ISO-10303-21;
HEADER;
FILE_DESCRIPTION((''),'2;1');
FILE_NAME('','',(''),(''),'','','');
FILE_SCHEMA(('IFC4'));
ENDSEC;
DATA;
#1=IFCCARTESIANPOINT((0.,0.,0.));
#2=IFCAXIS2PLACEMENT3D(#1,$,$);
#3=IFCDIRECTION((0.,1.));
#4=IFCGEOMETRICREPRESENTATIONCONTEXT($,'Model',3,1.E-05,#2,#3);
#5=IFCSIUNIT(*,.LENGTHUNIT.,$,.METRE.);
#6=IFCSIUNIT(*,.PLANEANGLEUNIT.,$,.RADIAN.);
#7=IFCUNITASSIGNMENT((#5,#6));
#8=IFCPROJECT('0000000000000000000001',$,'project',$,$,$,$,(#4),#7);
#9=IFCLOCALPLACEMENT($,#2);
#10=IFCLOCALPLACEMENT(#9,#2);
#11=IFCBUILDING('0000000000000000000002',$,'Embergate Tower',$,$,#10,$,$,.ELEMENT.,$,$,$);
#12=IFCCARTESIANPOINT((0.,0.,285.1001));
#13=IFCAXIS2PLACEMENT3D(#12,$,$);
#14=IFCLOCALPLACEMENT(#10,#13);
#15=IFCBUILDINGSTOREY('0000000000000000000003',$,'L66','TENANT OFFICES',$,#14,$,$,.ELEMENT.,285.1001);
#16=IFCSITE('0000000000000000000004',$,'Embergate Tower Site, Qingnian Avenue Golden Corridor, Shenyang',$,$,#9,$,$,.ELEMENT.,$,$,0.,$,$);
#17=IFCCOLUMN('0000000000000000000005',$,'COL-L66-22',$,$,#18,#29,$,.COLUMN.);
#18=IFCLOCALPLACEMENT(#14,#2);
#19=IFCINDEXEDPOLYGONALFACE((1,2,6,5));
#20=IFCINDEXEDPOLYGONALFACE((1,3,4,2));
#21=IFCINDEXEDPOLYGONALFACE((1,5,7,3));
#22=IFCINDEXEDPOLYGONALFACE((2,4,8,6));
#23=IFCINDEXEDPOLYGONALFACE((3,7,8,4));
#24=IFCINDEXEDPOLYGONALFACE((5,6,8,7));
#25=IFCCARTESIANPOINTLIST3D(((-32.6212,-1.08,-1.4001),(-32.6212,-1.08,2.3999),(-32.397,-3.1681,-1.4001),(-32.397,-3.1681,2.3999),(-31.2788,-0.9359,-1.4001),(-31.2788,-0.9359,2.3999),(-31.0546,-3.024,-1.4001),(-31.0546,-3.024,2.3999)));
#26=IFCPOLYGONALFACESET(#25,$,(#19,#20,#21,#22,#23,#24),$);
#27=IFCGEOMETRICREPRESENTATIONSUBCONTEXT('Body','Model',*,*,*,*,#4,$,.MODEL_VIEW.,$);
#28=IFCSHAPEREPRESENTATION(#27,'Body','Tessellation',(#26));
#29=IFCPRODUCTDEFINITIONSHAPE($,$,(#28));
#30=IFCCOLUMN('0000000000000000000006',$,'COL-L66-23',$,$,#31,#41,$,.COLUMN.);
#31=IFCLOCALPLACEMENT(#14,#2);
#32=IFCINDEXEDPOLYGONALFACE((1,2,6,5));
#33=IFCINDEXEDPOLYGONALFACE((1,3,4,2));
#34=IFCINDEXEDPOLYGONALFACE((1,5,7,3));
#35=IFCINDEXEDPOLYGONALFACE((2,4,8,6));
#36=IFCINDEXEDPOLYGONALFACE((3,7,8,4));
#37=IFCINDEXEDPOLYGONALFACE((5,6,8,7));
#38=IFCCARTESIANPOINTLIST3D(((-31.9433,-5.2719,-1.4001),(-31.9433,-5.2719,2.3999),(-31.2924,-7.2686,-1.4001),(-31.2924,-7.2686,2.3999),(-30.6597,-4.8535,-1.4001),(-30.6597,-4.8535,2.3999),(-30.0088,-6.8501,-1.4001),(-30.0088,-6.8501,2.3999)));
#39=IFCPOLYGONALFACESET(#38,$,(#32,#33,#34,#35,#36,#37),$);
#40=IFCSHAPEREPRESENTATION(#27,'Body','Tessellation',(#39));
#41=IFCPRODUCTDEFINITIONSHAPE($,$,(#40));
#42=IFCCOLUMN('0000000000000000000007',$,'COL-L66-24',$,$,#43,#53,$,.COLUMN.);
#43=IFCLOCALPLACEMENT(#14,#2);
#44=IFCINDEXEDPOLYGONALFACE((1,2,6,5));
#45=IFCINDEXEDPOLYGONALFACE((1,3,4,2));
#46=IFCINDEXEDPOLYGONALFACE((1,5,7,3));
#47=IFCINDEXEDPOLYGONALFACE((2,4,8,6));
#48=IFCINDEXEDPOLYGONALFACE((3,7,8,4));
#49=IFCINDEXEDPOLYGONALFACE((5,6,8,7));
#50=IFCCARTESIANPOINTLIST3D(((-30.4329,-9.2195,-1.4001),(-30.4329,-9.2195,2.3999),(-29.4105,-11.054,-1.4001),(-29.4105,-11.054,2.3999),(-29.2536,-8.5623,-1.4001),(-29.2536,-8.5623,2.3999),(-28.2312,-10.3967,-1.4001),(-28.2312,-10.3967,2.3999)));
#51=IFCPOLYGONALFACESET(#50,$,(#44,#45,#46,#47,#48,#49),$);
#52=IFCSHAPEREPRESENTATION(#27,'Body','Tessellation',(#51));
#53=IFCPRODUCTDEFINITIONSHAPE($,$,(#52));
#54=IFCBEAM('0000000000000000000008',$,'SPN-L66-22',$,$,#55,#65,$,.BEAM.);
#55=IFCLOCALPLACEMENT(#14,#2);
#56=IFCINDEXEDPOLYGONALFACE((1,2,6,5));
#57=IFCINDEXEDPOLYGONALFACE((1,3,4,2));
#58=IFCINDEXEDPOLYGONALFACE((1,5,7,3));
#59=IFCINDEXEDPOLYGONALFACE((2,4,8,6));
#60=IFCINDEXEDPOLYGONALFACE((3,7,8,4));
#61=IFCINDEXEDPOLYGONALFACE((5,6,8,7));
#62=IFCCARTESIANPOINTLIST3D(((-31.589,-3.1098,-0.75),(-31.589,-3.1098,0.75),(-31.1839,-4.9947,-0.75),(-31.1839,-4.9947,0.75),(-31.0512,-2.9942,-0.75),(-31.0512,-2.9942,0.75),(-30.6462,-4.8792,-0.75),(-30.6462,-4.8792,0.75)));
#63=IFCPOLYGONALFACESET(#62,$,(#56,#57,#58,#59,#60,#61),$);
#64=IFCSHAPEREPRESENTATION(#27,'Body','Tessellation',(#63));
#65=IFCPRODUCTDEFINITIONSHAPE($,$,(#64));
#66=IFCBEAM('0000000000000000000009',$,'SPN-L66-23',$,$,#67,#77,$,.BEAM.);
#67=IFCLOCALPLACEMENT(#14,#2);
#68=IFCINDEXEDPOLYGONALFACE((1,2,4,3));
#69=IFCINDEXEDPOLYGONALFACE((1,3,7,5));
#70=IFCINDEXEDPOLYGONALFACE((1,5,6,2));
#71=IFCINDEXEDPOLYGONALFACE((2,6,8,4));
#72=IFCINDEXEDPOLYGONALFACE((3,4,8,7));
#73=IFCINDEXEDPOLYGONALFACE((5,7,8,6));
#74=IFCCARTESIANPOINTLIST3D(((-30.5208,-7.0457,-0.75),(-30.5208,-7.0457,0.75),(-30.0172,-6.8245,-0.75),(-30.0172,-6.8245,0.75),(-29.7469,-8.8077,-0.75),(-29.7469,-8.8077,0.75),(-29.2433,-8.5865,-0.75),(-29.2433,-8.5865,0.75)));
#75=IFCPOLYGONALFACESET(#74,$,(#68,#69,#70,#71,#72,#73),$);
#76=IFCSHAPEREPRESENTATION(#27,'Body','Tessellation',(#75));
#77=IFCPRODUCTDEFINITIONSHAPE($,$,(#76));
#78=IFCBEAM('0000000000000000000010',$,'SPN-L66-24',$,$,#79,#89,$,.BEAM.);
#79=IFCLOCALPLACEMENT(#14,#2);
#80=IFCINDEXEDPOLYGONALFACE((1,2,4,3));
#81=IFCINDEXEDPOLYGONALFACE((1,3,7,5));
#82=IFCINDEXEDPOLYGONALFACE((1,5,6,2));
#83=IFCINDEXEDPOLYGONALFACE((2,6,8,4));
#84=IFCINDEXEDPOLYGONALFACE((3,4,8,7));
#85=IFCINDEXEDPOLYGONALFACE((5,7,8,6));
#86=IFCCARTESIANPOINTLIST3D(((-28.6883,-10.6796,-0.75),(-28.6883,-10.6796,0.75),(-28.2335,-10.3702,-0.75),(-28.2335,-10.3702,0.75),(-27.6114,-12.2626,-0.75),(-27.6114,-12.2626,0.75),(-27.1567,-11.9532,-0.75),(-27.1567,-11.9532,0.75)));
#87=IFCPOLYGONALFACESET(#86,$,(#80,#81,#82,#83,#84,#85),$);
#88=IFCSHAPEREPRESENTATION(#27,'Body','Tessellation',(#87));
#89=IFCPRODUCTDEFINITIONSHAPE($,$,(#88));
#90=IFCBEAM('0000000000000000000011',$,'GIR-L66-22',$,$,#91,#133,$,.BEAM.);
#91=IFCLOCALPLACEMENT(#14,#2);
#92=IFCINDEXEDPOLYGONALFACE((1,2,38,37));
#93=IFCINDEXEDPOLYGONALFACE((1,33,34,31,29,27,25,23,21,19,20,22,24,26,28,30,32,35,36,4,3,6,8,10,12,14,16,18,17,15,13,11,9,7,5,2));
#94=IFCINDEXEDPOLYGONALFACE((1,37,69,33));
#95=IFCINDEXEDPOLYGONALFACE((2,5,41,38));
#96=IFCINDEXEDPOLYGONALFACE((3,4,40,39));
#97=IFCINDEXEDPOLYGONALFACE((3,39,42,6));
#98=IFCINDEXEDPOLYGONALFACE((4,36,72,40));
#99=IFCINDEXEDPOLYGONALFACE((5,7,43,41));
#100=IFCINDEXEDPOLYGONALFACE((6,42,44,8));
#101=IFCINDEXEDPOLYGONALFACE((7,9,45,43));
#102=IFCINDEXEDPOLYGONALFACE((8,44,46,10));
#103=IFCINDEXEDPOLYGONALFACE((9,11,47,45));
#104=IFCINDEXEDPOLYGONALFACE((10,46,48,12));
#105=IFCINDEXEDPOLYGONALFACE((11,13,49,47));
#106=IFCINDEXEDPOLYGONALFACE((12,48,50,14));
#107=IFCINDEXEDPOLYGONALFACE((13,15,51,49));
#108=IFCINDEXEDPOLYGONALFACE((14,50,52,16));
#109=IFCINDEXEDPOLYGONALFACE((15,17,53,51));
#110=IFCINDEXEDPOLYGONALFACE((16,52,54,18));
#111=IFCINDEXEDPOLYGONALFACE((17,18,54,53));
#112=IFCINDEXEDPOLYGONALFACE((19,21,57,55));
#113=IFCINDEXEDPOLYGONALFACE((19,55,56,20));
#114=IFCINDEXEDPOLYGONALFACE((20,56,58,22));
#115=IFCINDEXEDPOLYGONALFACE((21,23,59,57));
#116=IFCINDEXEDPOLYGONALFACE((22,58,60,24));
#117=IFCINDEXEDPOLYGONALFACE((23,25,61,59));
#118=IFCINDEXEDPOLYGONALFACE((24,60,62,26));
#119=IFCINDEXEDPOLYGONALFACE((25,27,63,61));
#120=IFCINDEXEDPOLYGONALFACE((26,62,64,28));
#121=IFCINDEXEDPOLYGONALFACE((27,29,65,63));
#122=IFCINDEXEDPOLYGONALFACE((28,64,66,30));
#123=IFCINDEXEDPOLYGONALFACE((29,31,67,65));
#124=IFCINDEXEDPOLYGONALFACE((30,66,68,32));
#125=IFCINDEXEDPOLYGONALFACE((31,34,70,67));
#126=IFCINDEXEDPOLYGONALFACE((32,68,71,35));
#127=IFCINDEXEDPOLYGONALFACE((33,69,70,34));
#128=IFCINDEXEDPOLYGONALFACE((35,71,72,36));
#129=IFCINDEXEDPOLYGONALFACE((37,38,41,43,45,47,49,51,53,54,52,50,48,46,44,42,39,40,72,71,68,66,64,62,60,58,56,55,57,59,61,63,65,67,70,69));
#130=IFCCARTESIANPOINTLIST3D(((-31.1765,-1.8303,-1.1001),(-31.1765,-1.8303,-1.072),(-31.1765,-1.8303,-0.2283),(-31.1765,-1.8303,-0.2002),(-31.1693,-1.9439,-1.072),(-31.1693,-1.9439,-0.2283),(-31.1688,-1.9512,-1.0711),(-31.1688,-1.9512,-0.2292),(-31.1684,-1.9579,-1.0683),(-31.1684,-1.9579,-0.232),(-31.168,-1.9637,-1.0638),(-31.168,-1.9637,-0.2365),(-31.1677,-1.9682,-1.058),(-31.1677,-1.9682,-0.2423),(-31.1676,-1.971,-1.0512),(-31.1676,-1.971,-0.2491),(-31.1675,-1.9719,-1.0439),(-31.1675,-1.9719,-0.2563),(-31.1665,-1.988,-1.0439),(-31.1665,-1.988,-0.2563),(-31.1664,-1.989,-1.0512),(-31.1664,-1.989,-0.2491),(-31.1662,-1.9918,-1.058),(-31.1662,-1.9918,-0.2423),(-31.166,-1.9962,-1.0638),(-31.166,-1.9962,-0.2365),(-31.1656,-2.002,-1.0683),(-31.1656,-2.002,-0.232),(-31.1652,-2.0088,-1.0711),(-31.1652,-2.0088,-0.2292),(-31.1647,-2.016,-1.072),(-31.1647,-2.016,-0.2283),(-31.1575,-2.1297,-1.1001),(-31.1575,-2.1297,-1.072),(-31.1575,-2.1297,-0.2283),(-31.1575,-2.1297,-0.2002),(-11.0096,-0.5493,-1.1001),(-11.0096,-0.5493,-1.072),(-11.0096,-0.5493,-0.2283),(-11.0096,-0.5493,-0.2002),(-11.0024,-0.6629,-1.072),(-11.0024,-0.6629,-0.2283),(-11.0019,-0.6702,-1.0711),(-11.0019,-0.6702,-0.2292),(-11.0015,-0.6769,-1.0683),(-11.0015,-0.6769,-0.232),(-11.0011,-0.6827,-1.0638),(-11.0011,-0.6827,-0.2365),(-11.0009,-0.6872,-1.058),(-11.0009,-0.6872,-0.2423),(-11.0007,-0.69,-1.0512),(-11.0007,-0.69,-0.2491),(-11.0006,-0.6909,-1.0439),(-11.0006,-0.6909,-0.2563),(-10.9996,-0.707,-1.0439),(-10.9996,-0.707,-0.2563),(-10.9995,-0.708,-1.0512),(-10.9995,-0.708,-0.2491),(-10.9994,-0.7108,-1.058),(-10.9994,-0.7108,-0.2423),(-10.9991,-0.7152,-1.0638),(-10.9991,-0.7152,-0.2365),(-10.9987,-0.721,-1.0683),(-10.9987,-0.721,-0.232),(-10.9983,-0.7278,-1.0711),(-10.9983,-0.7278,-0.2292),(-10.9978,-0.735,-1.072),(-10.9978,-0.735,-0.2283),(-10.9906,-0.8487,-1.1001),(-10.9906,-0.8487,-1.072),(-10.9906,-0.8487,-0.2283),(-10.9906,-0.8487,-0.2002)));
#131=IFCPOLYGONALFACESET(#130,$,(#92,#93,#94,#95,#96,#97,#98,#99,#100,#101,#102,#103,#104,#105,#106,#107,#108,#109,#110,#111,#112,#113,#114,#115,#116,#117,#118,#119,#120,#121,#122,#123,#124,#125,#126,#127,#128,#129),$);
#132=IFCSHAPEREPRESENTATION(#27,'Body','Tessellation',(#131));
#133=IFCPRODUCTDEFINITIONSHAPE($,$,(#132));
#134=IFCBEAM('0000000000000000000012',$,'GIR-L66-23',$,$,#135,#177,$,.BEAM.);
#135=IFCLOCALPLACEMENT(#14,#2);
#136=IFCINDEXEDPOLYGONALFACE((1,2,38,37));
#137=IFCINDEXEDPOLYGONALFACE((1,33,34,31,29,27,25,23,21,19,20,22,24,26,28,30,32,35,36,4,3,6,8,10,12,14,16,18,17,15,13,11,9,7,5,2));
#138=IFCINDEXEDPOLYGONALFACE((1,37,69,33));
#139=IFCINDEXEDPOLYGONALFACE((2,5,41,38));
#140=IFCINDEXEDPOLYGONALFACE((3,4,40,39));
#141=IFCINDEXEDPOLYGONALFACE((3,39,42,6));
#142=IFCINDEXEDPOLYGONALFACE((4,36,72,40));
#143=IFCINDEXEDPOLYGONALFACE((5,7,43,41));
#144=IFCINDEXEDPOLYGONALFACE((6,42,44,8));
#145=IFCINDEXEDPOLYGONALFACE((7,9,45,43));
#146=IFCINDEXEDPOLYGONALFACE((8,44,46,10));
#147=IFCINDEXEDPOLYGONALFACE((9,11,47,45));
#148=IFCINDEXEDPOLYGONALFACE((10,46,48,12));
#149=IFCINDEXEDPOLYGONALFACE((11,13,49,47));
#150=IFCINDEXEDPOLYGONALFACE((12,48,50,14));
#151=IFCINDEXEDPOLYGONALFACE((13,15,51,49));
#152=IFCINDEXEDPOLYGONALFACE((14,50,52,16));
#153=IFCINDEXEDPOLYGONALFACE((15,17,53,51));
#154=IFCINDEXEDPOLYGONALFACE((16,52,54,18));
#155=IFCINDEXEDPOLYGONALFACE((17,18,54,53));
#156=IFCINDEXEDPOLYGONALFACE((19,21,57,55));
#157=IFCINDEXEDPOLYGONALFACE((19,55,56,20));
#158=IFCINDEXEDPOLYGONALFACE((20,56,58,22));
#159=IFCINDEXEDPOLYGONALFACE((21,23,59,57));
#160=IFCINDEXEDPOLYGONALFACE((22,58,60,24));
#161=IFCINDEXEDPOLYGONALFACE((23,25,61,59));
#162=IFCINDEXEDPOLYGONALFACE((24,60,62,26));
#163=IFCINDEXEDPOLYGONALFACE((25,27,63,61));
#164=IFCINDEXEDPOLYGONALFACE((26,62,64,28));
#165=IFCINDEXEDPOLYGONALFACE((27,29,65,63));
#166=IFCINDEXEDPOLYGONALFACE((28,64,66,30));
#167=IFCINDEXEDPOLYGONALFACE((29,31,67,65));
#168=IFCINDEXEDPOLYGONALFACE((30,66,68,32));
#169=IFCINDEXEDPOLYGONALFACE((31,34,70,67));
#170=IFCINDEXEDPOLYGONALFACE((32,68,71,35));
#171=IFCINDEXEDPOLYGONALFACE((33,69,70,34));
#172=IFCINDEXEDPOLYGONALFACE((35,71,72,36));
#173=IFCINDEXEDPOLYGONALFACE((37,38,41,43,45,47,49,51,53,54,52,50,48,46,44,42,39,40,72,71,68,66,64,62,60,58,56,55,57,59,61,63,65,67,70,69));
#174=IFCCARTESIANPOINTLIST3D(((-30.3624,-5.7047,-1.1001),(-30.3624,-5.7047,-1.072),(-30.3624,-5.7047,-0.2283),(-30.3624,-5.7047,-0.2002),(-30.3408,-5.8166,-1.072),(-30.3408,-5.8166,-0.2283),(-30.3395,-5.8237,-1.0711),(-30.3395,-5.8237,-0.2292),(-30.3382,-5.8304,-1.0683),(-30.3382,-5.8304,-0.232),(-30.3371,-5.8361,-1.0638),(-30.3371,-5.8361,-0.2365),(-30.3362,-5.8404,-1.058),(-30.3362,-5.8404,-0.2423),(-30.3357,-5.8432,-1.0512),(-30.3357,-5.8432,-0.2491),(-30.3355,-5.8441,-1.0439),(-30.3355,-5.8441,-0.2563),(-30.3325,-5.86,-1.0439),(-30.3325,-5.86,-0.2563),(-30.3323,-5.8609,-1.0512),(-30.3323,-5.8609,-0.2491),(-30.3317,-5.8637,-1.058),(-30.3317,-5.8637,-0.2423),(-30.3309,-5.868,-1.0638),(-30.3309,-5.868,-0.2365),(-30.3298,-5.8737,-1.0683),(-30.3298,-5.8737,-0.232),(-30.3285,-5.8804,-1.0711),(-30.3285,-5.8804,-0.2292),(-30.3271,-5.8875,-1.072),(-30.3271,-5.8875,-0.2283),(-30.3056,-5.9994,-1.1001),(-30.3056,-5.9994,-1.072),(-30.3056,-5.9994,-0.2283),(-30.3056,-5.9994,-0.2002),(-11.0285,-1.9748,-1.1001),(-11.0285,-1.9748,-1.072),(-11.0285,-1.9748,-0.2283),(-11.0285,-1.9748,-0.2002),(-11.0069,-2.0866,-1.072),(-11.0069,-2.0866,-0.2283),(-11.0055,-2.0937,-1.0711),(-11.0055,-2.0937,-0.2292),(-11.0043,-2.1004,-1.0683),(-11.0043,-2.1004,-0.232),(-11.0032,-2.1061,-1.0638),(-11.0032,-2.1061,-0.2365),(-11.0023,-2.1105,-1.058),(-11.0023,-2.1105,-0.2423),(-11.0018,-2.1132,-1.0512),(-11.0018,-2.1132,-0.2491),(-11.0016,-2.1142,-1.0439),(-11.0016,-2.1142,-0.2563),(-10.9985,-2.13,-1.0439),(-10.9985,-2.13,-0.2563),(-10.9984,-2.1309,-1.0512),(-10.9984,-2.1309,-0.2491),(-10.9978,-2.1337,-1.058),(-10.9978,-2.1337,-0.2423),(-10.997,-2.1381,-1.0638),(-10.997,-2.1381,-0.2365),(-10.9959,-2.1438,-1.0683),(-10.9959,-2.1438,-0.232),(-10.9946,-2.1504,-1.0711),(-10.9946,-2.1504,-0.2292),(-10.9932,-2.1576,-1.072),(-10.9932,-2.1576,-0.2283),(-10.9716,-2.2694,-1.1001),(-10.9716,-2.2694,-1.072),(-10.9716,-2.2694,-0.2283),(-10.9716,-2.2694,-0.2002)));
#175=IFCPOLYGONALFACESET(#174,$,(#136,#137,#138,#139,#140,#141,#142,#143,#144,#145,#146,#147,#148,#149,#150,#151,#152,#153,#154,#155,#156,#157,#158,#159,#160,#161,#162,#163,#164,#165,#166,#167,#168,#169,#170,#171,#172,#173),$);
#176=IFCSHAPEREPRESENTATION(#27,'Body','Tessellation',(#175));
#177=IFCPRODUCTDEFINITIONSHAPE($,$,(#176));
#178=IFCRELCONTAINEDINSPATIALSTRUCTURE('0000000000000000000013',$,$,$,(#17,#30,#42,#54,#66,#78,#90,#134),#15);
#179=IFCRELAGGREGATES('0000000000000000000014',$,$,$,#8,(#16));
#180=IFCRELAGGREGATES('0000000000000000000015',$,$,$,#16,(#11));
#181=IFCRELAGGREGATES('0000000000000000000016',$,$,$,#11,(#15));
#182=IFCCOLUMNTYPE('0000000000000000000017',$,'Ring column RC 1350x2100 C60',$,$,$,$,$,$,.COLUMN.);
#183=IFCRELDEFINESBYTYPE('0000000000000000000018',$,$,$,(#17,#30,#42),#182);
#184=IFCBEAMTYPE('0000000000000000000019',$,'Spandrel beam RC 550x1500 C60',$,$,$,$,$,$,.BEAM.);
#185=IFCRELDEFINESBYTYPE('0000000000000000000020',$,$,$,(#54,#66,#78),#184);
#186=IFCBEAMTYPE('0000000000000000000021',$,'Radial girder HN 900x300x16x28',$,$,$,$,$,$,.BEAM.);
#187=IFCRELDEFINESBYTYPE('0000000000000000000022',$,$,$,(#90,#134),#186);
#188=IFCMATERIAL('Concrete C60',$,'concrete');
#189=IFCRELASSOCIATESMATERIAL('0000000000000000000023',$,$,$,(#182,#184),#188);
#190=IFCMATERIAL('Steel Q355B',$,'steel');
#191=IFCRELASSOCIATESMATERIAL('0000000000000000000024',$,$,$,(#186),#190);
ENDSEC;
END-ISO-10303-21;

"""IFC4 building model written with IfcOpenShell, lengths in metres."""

from ifc_helpers import new_model, si_unit, direction, frame, origin, origin_2d, place, context, subcontext, project, spatial, rectangle, i_section, extrude, source, transform, mapped, material, material_profile, profile_set, type_object, element, save


model = new_model("IFC4")

# Units and contexts
model_context = context("Model", 3, precision=1e-05, world=origin(), true_north=direction((0.0, 1.0)))
body_context = subcontext(model_context, "Body", "Model", "MODEL_VIEW")
ifc_project = project(units=[si_unit("LENGTHUNIT", "METRE"), si_unit("PLANEANGLEUNIT", "RADIAN")], contexts=[model_context])

# Site, building, storey
site_placement = place(None, origin())
site = spatial("IfcSite", under=ifc_project, at=site_placement, Name="Embergate Tower Site, Qingnian Avenue Golden Corridor, Shenyang", CompositionType="ELEMENT", RefElevation=0.0)
building_placement = place(site_placement, origin())
building = spatial("IfcBuilding", under=site, at=building_placement, Name="Embergate Tower", CompositionType="ELEMENT")
storey_placement = place(building_placement, frame((0.0, 0.0, 285.1001)))
storey = spatial("IfcBuildingStorey", under=building, at=storey_placement, Name="L66", Description="TENANT OFFICES", CompositionType="ELEMENT", Elevation=285.1001)

# Columns
ifc_material_1 = material(Name="Concrete C60", Category="concrete")
ifc_material_profile_1 = material_profile(ifc_material_1, rectangle(XDim=1.3501, YDim=2.1001, at=origin_2d()), Name="RC 1350x2100")
ifc_profile_set_1 = profile_set([ifc_material_profile_1], Name="Concrete C60")
column_type = type_object("IfcColumnType", Name="Ring column RC 1350x2100 C60", PredefinedType="COLUMN", material=ifc_profile_set_1)
shared_shape_1 = source(origin(), body_context, "Body", "SweptSolid", [
    extrude(rectangle(XDim=1.3501, YDim=2.1001, at=origin_2d()), origin(), (0.0, 0.0, 1.0), 3.8),
])
for number, where, z_axis, x_axis, name in (
    (1, (-31.8379, -2.052, -1.4001), (0.0, 0.0, 1.0), (-0.994286, -0.10675, 0.0), "COL-L66-22"),
    (2, (-30.9761, -6.061, -1.4001), (0.0, 0.0, 1.0), (-0.950754, -0.309946, 0.0), "COL-L66-23"),
    (3, (-29.332, -9.8081, -1.4001), (0.0, 0.0, 1.0), (-0.873492, -0.486839, 0.0), "COL-L66-24"),
):
    element("IfcColumn", number, at=place(storey_placement, frame(where, z_axis=z_axis, x_axis=x_axis)), inside=storey, type_object=column_type, Name=name, PredefinedType="COLUMN", context=body_context, shape_type="MappedRepresentation", body=[
        mapped(shared_shape_1, transform((0.0, 0.0, 0.0))),
    ])

# Beams
ifc_material_profile_2 = material_profile(ifc_material_1, rectangle(XDim=0.55, YDim=1.5, at=origin_2d()), Name="RC 550x1500")
ifc_profile_set_2 = profile_set([ifc_material_profile_2], Name="Concrete C60")
beam_type_1 = type_object("IfcBeamType", Name="Spandrel beam RC 550x1500 C60", PredefinedType="BEAM", material=ifc_profile_set_2)
shared_shape_2 = source(origin(), body_context, "Body", "SweptSolid", [
    extrude(rectangle(XDim=0.55, YDim=1.5, at=origin_2d()), origin(), (0.0, 0.0, 1.0), 1.928),
])
beam_1_placement = place(storey_placement, frame((-31.3201, -3.052, 0.0), z_axis=(0.210074, -0.977686, 0.0), x_axis=(0.977686, 0.210074, 0.0)))
element("IfcBeam", 4, at=beam_1_placement, inside=storey, type_object=beam_type_1, Name="SPN-L66-22", PredefinedType="BEAM", context=body_context, shape_type="MappedRepresentation", body=[
    mapped(shared_shape_2, transform((0.0, 0.0, 0.0))),
])
shared_shape_3 = source(origin(), body_context, "Body", "SweptSolid", [
    extrude(rectangle(XDim=0.55, YDim=1.5, at=origin_2d()), origin(), (0.0, 0.0, 1.0), 1.9246),
])
beam_2_placement = place(storey_placement, frame((-30.269, -6.9351, 0.0), z_axis=(0.402156, -0.915571, 0.0), x_axis=(0.915571, 0.402156, 0.0)))
element("IfcBeam", 5, at=beam_2_placement, inside=storey, type_object=beam_type_1, Name="SPN-L66-23", PredefinedType="BEAM", context=body_context, shape_type="MappedRepresentation", body=[
    mapped(shared_shape_3, transform((0.0, 0.0, 0.0))),
])
shared_shape_4 = source(origin(), body_context, "Body", "SweptSolid", [
    extrude(rectangle(XDim=0.55, YDim=1.5, at=origin_2d()), origin(), (0.0, 0.0, 1.0), 1.9146),
])
beam_3_placement = place(storey_placement, frame((-28.4609, -10.5249, 0.0), z_axis=(0.562474, -0.826815, 0.0), x_axis=(0.826815, 0.562474, 0.0)))
element("IfcBeam", 6, at=beam_3_placement, inside=storey, type_object=beam_type_1, Name="SPN-L66-24", PredefinedType="BEAM", context=body_context, shape_type="MappedRepresentation", body=[
    mapped(shared_shape_4, transform((0.0, 0.0, 0.0))),
])
ifc_material_2 = material(Name="Steel Q355B", Category="steel")
ifc_material_profile_3 = material_profile(ifc_material_2, i_section(OverallWidth=0.3, OverallDepth=0.8999, WebThickness=0.0161, FlangeThickness=0.0281, FilletRadius=0.0281, at=origin_2d()), Name="HN 900x300x16x28")
ifc_profile_set_3 = profile_set([ifc_material_profile_3], Name="Steel Q355 grade B")
beam_type_2 = type_object("IfcBeamType", Name="Radial girder HN 900x300x16x28", PredefinedType="BEAM", material=ifc_profile_set_3)
shared_shape_5 = source(origin(), body_context, "Body", "SweptSolid", [
    extrude(i_section(OverallWidth=0.3, OverallDepth=0.8999, WebThickness=0.0161, FlangeThickness=0.0281, FilletRadius=0.0281, at=origin_2d()), origin(), (0.0, 0.0, 1.0), 20.2075),
])
beam_4_placement = place(storey_placement, frame((-31.167, -1.98, -0.6501), z_axis=(0.997989, 0.063392, 0.0), x_axis=(-0.063392, 0.997989, 0.0)))
element("IfcBeam", 7, at=beam_4_placement, inside=storey, type_object=beam_type_2, Name="GIR-L66-22", PredefinedType="BEAM", context=body_context, shape_type="MappedRepresentation", body=[
    mapped(shared_shape_5, transform((0.0, 0.0, 0.0))),
])
shared_shape_6 = source(origin(), body_context, "Body", "SweptSolid", [
    extrude(i_section(OverallWidth=0.3, OverallDepth=0.8999, WebThickness=0.0161, FlangeThickness=0.0281, FilletRadius=0.0281, at=origin_2d()), origin(), (0.0, 0.0, 1.0), 19.6904),
])
beam_5_placement = place(storey_placement, frame((-30.334, -5.8521, -0.6501), z_axis=(0.981894, 0.18943, 0.0), x_axis=(-0.18943, 0.981894, 0.0)))
element("IfcBeam", 8, at=beam_5_placement, inside=storey, type_object=beam_type_2, Name="GIR-L66-23", PredefinedType="BEAM", context=body_context, shape_type="MappedRepresentation", body=[
    mapped(shared_shape_6, transform((0.0, 0.0, 0.0))),
])

save(model, "model.ifc")
